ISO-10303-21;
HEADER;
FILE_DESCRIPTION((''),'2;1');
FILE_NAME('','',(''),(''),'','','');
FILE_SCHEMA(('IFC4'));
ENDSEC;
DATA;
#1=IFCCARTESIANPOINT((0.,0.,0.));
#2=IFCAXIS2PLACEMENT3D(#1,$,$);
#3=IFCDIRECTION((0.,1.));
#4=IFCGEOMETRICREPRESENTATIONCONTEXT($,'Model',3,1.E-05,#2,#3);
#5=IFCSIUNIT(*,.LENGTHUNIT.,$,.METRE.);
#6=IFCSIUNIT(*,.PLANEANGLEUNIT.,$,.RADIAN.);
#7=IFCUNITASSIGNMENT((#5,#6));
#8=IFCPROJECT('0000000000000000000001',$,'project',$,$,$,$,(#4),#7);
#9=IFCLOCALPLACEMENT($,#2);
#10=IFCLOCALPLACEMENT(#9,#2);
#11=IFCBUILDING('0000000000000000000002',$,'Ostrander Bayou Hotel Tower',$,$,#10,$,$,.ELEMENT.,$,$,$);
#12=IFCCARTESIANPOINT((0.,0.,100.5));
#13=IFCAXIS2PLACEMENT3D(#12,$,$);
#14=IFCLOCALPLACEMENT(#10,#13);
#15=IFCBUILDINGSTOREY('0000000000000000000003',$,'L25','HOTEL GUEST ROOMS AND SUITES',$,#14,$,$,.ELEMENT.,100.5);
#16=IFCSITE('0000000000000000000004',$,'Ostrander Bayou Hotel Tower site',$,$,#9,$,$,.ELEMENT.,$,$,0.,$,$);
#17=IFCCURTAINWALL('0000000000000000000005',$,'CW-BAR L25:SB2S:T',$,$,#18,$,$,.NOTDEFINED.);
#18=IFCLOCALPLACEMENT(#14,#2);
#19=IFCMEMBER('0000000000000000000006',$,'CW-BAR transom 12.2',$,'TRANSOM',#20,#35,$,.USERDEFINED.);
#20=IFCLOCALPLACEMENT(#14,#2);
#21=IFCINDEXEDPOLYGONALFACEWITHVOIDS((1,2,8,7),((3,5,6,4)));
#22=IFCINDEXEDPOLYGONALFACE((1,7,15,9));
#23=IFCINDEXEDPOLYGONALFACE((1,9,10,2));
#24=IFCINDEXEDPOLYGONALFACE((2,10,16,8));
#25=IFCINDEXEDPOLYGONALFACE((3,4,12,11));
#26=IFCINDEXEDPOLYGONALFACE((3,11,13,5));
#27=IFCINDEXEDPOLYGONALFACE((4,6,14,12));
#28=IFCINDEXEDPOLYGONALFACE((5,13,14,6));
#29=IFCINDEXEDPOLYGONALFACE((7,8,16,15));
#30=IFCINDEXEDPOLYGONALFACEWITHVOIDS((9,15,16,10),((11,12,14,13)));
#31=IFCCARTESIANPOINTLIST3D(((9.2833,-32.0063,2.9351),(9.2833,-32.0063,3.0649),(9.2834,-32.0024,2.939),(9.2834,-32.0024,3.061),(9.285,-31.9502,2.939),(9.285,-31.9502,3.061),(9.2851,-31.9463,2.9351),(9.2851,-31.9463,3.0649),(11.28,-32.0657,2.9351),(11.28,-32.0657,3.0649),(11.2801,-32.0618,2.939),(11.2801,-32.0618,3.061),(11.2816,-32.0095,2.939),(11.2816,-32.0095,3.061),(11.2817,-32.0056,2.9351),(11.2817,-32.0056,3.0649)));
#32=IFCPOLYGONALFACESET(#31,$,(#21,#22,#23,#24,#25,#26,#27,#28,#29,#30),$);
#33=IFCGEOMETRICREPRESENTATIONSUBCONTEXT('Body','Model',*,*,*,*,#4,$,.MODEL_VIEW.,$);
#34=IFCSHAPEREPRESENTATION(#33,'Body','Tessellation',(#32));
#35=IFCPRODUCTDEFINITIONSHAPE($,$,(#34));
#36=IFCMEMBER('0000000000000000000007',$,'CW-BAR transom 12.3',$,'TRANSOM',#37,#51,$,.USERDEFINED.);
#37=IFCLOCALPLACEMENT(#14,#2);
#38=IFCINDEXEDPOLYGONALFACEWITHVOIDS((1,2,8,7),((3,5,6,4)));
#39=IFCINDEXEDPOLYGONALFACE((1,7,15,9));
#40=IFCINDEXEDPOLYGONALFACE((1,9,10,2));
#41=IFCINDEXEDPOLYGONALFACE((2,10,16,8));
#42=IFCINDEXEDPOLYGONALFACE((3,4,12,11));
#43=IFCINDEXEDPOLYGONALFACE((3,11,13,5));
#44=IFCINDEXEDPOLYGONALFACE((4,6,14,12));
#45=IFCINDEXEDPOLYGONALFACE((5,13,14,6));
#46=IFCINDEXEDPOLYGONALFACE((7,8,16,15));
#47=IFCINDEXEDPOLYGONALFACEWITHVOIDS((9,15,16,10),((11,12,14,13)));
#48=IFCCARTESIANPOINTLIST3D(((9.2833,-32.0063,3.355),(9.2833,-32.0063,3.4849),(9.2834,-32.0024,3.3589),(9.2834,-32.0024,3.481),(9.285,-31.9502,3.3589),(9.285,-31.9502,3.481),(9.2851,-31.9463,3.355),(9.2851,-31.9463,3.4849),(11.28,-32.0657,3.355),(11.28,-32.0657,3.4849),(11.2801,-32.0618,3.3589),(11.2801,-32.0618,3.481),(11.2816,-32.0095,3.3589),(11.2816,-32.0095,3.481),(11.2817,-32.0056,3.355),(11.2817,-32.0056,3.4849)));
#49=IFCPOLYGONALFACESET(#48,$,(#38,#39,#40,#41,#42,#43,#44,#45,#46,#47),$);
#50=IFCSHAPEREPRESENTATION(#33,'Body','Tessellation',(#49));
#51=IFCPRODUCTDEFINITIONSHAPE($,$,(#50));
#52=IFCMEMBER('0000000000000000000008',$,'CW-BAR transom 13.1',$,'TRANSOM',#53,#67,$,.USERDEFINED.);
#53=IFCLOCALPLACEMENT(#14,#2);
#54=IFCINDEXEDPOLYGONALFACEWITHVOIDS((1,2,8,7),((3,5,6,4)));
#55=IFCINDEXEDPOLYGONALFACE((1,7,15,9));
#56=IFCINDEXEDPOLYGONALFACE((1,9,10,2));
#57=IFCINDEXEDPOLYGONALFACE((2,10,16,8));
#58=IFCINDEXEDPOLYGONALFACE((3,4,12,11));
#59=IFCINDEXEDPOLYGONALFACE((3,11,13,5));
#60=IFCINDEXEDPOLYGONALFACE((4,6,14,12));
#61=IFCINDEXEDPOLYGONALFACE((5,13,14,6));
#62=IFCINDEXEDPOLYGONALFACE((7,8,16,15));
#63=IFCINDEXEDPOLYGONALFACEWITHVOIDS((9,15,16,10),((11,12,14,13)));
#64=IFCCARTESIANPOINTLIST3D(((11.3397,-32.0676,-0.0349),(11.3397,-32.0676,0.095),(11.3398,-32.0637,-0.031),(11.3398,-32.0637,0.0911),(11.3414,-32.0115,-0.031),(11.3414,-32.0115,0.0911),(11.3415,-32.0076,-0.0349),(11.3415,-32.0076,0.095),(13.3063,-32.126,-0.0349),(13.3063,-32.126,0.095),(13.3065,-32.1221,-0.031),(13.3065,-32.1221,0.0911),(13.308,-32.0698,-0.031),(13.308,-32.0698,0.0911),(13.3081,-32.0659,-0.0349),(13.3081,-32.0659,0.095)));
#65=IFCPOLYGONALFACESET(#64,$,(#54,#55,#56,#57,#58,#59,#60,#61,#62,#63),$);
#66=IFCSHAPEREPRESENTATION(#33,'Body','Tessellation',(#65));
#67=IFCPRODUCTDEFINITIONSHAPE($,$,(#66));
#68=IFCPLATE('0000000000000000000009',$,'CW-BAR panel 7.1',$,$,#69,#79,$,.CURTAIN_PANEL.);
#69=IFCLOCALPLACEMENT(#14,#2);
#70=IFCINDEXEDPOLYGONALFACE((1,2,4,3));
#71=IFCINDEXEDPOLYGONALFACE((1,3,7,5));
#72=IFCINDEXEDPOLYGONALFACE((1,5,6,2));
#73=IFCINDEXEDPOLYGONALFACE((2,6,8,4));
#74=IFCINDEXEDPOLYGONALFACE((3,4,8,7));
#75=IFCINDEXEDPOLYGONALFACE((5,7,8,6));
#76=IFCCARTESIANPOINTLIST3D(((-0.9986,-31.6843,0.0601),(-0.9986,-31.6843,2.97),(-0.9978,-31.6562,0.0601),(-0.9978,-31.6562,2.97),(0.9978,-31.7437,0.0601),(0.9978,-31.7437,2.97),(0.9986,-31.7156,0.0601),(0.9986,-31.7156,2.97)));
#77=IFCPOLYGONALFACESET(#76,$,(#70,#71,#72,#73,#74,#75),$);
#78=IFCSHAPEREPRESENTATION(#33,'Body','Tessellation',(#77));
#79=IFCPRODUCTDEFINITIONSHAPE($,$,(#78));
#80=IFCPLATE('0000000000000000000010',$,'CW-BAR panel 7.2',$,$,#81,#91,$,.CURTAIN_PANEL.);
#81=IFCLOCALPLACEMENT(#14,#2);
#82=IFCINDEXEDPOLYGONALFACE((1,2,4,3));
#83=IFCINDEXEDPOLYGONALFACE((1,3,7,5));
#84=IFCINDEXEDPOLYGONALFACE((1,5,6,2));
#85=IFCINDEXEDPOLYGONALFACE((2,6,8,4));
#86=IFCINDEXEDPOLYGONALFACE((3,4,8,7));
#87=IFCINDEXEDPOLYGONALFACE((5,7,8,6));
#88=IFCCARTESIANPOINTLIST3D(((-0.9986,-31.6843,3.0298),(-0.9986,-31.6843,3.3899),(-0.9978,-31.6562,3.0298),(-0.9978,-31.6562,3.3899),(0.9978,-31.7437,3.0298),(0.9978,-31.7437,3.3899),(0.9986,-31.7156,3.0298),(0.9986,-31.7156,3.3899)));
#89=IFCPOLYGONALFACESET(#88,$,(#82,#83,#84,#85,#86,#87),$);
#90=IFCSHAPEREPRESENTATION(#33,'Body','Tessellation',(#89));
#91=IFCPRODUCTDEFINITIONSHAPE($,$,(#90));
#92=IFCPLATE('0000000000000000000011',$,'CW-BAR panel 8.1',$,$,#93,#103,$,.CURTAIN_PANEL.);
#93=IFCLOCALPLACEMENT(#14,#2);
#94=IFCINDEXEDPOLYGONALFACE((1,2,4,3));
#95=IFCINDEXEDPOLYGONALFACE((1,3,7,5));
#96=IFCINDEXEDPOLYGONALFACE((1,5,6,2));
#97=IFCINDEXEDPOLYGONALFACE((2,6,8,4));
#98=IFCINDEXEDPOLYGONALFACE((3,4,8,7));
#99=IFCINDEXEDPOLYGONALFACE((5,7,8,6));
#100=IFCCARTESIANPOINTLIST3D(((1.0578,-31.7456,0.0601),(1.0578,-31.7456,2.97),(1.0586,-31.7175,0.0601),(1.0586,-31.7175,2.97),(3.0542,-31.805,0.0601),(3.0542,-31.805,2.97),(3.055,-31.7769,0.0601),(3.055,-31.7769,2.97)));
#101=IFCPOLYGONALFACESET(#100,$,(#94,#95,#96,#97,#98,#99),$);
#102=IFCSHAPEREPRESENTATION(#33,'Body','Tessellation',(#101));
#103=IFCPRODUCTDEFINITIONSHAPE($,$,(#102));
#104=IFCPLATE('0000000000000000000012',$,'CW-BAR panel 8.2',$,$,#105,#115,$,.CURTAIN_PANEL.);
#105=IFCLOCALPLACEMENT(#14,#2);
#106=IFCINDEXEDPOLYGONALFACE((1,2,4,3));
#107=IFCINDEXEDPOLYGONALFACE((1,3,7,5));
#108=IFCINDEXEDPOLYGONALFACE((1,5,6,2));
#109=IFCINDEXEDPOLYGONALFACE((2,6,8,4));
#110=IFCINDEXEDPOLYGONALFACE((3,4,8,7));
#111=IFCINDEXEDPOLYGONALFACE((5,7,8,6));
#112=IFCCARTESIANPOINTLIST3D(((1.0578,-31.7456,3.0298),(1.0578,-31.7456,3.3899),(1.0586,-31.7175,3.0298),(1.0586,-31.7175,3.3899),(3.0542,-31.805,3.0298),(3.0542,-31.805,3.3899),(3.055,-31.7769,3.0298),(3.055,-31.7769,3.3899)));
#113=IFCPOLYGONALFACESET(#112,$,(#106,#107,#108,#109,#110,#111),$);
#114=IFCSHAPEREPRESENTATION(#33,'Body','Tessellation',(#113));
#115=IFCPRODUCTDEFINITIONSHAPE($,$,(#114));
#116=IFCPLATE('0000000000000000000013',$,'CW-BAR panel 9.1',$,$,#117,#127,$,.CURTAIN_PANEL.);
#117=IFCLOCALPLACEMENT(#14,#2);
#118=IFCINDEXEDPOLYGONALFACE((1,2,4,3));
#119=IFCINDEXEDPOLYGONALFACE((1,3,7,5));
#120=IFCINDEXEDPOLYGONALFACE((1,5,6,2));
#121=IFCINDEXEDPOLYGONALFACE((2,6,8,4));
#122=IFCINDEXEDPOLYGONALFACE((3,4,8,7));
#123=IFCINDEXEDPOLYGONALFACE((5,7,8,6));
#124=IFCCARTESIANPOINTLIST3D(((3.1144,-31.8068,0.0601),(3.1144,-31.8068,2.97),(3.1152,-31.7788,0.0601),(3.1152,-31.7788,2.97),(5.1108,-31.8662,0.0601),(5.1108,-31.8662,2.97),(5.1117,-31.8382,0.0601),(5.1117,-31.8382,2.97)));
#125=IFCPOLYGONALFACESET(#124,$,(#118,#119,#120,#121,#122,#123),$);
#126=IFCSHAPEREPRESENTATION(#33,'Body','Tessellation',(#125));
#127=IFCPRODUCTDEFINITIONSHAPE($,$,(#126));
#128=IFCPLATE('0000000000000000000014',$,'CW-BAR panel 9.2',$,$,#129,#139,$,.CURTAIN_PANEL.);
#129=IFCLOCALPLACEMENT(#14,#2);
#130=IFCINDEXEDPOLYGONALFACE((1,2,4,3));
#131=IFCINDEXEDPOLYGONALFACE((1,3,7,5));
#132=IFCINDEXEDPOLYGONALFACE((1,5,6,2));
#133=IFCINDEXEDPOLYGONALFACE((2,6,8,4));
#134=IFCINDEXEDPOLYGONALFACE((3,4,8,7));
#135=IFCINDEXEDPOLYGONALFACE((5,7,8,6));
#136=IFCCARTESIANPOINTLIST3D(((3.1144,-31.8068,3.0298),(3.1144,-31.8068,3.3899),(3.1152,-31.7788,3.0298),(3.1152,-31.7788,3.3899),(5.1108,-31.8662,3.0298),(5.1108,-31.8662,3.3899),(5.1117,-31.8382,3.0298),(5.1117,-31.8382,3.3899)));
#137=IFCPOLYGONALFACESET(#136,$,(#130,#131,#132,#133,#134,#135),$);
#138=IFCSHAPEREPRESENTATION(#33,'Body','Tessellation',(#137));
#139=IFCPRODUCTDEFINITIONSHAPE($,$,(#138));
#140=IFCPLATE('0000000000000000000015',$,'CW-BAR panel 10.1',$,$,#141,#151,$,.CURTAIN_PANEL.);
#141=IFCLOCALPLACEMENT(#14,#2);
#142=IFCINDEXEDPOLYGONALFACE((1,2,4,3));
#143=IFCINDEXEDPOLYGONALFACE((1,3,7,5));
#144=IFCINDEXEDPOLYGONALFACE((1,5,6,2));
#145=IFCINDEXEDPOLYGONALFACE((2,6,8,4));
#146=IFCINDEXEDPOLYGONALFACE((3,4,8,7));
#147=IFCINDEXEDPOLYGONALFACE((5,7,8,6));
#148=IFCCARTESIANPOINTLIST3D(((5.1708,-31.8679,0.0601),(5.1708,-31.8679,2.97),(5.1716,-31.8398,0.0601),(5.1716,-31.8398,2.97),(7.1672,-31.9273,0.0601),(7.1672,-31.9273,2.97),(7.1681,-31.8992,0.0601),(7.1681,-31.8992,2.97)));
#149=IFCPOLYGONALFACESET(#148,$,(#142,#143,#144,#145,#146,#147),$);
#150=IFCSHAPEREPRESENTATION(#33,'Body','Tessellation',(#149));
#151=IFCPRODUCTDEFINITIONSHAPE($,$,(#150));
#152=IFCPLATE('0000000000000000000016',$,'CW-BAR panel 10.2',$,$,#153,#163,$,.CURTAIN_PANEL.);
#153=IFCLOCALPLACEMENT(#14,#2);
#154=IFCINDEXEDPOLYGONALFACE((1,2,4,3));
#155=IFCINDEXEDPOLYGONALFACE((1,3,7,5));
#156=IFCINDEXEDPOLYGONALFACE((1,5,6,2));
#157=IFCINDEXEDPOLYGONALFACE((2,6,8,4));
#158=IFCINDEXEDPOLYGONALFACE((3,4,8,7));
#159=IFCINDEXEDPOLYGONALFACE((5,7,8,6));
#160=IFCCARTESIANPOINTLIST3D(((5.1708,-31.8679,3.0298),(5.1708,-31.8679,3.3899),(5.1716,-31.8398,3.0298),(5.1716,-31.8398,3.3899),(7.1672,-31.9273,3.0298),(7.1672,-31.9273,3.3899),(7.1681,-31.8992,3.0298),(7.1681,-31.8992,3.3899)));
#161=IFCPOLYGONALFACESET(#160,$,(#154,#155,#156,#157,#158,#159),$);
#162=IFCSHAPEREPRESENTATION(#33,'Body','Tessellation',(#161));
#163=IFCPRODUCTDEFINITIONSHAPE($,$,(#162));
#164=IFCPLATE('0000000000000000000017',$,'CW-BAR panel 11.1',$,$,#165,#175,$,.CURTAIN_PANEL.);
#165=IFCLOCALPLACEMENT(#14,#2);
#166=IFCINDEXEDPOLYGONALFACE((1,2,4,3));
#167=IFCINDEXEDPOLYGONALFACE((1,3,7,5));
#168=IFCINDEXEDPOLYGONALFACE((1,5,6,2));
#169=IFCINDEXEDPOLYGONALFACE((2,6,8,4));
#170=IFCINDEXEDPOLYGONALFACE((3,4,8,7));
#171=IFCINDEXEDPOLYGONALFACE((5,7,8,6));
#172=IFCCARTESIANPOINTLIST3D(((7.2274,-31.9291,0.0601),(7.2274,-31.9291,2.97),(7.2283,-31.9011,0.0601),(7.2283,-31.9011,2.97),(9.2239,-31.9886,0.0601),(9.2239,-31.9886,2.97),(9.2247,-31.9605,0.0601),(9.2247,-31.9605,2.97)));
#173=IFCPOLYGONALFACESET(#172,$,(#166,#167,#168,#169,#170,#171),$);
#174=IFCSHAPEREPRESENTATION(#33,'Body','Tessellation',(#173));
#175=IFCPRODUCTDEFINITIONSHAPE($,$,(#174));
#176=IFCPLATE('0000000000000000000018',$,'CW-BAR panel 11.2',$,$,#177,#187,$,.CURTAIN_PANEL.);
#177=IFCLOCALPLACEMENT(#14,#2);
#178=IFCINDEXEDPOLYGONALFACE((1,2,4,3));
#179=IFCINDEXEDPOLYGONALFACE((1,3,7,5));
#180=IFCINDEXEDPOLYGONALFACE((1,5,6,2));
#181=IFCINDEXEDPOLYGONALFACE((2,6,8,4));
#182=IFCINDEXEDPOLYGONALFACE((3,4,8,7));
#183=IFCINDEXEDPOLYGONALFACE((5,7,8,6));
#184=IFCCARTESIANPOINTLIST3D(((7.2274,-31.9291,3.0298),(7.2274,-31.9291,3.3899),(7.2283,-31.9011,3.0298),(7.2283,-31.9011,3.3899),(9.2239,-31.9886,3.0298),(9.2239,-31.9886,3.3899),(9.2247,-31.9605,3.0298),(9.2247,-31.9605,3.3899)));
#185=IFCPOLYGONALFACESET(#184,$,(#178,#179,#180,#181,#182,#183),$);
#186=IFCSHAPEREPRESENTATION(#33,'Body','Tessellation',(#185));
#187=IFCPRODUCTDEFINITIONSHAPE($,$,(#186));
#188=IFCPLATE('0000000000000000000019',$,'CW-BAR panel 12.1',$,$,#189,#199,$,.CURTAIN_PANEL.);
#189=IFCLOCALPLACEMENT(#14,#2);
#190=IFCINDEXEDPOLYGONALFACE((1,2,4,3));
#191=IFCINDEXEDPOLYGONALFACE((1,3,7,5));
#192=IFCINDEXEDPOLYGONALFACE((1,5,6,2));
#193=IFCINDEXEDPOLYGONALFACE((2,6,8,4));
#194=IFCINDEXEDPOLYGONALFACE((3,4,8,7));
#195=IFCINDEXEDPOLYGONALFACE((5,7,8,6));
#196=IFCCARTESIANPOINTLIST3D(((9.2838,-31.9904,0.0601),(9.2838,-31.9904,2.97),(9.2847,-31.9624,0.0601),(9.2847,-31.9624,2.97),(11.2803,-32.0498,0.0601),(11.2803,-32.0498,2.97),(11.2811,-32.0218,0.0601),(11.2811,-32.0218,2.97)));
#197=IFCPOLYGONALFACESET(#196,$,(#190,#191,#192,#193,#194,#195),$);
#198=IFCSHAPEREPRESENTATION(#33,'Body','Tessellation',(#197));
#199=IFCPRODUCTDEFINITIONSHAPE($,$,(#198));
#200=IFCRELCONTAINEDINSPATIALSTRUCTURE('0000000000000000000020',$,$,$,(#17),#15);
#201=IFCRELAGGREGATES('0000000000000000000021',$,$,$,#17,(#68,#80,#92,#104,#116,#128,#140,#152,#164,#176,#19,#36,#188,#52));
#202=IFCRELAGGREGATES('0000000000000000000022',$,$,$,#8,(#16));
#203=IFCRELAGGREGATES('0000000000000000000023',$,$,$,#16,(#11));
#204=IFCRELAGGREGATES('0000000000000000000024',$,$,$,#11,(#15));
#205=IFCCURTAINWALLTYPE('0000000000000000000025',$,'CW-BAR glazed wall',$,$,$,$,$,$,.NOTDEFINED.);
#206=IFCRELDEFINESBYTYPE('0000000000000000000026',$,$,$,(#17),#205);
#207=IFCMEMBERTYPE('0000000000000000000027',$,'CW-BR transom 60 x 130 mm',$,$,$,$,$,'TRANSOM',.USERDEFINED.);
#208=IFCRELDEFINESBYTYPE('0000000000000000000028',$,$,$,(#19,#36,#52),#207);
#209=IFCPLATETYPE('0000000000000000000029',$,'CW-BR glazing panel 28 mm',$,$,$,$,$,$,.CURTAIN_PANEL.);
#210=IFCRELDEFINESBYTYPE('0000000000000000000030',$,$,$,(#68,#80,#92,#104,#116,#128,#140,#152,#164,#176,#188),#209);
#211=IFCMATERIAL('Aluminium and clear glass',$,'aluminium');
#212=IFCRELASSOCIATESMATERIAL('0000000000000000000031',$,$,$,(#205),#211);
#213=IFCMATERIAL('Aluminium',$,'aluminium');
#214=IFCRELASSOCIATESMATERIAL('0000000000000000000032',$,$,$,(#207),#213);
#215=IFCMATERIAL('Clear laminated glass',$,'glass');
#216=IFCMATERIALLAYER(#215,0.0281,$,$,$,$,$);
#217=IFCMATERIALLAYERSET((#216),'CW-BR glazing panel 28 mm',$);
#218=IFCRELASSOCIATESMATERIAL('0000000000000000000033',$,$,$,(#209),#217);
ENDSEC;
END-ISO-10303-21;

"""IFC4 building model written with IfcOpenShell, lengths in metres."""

from ifc_helpers import new_model, si_unit, direction, frame, origin, origin_2d, place, context, subcontext, project, spatial, rectangle, hollow_rectangle, extrude, material, layer, layer_set, material_profile, profile_set, type_object, element, aggregate, save


model = new_model("IFC4")

# Units and contexts
model_context = context("Model", 3, precision=1e-05, world=origin(), true_north=direction((0.0, 1.0)))
body_context = subcontext(model_context, "Body", "Model", "MODEL_VIEW")
ifc_project = project(units=[si_unit("LENGTHUNIT", "METRE"), si_unit("PLANEANGLEUNIT", "RADIAN")], contexts=[model_context])

# Site, building, storey
site_placement = place(None, origin())
site = spatial("IfcSite", under=ifc_project, at=site_placement, Name="Ostrander Bayou Hotel Tower site", CompositionType="ELEMENT", RefElevation=0.0)
building_placement = place(site_placement, origin())
building = spatial("IfcBuilding", under=site, at=building_placement, Name="Ostrander Bayou Hotel Tower", CompositionType="ELEMENT")
storey_placement = place(building_placement, frame((0.0, 0.0, 100.5)))
storey = spatial("IfcBuildingStorey", under=building, at=storey_placement, Name="L25", Description="HOTEL GUEST ROOMS AND SUITES", CompositionType="ELEMENT", Elevation=100.5)

# Curtain wall, members, plates
ifc_material_1 = material(Name="Aluminium and clear glass", Category="aluminium")
curtain_wall_type = type_object("IfcCurtainWallType", Name="CW-BAR glazed wall", PredefinedType="NOTDEFINED", material=ifc_material_1)
curtain_wall_placement = place(storey_placement, origin())
curtain_wall = element("IfcCurtainWall", 1, at=curtain_wall_placement, inside=storey, type_object=curtain_wall_type, Name="CW-BAR L25:SB2S:T", PredefinedType="NOTDEFINED")
ifc_material_2 = material(Name="Aluminium", Category="aluminium")
ifc_material_profile_1 = material_profile(ifc_material_2, hollow_rectangle(XDim=0.0601, YDim=0.1299, WallThickness=0.0039, at=origin_2d()))
ifc_profile_set_1 = profile_set([ifc_material_profile_1], Name="Aluminium")
member_type_1 = type_object("IfcMemberType", Name="CW-BR transom 60 x 130 mm", ElementType="TRANSOM", PredefinedType="USERDEFINED", material=ifc_profile_set_1)
member_1_placement = place(storey_placement, frame((9.2842, -31.9763, 3.0), z_axis=(0.999559, -0.029701, 0.0), x_axis=(0.029701, 0.999559, 0.0)))
member_1 = element("IfcMember", 2, at=member_1_placement, type_object=member_type_1, Name="CW-BAR transom 12.2", ObjectType="TRANSOM", PredefinedType="USERDEFINED", context=body_context, shape_type="SweptSolid", body=[
    extrude(hollow_rectangle(XDim=0.0601, YDim=0.1299, WallThickness=0.0039, at=origin_2d()), origin(), (0.0, 0.0, 1.0), 1.9976),
])
member_2_placement = place(storey_placement, frame((9.2842, -31.9763, 3.4199), z_axis=(0.999559, -0.029701, 0.0), x_axis=(0.029701, 0.999559, 0.0)))
member_2 = element("IfcMember", 3, at=member_2_placement, type_object=member_type_1, Name="CW-BAR transom 12.3", ObjectType="TRANSOM", PredefinedType="USERDEFINED", context=body_context, shape_type="SweptSolid", body=[
    extrude(hollow_rectangle(XDim=0.0601, YDim=0.1299, WallThickness=0.0039, at=origin_2d()), origin(), (0.0, 0.0, 1.0), 1.9976),
])
member_3_placement = place(storey_placement, frame((11.3406, -32.0376, 0.03), z_axis=(0.99956, -0.029658, 0.0), x_axis=(0.029658, 0.99956, 0.0)))
member_3 = element("IfcMember", 4, at=member_3_placement, type_object=member_type_1, Name="CW-BAR transom 13.1", ObjectType="TRANSOM", PredefinedType="USERDEFINED", context=body_context, shape_type="SweptSolid", body=[
    extrude(hollow_rectangle(XDim=0.0601, YDim=0.1299, WallThickness=0.0039, at=origin_2d()), origin(), (0.0, 0.0, 1.0), 1.9675),
])
ifc_material_3 = material(Name="Clear laminated glass", Category="glass")
ifc_layer_1 = layer(ifc_material_3, 0.0281)
ifc_layer_set_1 = layer_set([ifc_layer_1], Name="CW-BR glazing panel 28 mm")
plate_type = type_object("IfcPlateType", Name="CW-BR glazing panel 28 mm", PredefinedType="CURTAIN_PANEL", material=ifc_layer_set_1)
plate_1_placement = place(storey_placement, frame((0.0, -31.7, 0.0601), z_axis=(0.0, 0.0, 1.0), x_axis=(0.999557, -0.029746, 0.0)))
plate_1 = element("IfcPlate", 5, at=plate_1_placement, type_object=plate_type, Name="CW-BAR panel 7.1", PredefinedType="CURTAIN_PANEL", context=body_context, shape_type="SweptSolid", body=[
    extrude(rectangle(XDim=1.9973, YDim=0.0281, at=origin_2d()), origin(), (0.0, 0.0, 1.0), 2.9099),
])
plate_2_placement = place(storey_placement, frame((0.0, -31.7, 3.0298), z_axis=(0.0, 0.0, 1.0), x_axis=(0.999557, -0.029746, 0.0)))
plate_2 = element("IfcPlate", 6, at=plate_2_placement, type_object=plate_type, Name="CW-BAR panel 7.2", PredefinedType="CURTAIN_PANEL", context=body_context, shape_type="SweptSolid", body=[
    extrude(rectangle(XDim=1.9973, YDim=0.0281, at=origin_2d()), origin(), (0.0, 0.0, 1.0), 0.3601),
])
plate_3_placement = place(storey_placement, frame((2.0564, -31.7612, 0.0601), z_axis=(0.0, 0.0, 1.0), x_axis=(0.999557, -0.029746, 0.0)))
plate_3 = element("IfcPlate", 7, at=plate_3_placement, type_object=plate_type, Name="CW-BAR panel 8.1", PredefinedType="CURTAIN_PANEL", context=body_context, shape_type="SweptSolid", body=[
    extrude(rectangle(XDim=1.9973, YDim=0.0281, at=origin_2d()), origin(), (0.0, 0.0, 1.0), 2.9099),
])
plate_4_placement = place(storey_placement, frame((2.0564, -31.7612, 3.0298), z_axis=(0.0, 0.0, 1.0), x_axis=(0.999557, -0.029746, 0.0)))
plate_4 = element("IfcPlate", 8, at=plate_4_placement, type_object=plate_type, Name="CW-BAR panel 8.2", PredefinedType="CURTAIN_PANEL", context=body_context, shape_type="SweptSolid", body=[
    extrude(rectangle(XDim=1.9973, YDim=0.0281, at=origin_2d()), origin(), (0.0, 0.0, 1.0), 0.3601),
])
plate_5_placement = place(storey_placement, frame((4.113, -31.8225, 0.0601), z_axis=(0.0, 0.0, 1.0), x_axis=(0.999557, -0.029746, 0.0)))
plate_5 = element("IfcPlate", 9, at=plate_5_placement, type_object=plate_type, Name="CW-BAR panel 9.1", PredefinedType="CURTAIN_PANEL", context=body_context, shape_type="SweptSolid", body=[
    extrude(rectangle(XDim=1.9973, YDim=0.0281, at=origin_2d()), origin(), (0.0, 0.0, 1.0), 2.9099),
])
plate_6_placement = place(storey_placement, frame((4.113, -31.8225, 3.0298), z_axis=(0.0, 0.0, 1.0), x_axis=(0.999557, -0.029746, 0.0)))
plate_6 = element("IfcPlate", 10, at=plate_6_placement, type_object=plate_type, Name="CW-BAR panel 9.2", PredefinedType="CURTAIN_PANEL", context=body_context, shape_type="SweptSolid", body=[
    extrude(rectangle(XDim=1.9973, YDim=0.0281, at=origin_2d()), origin(), (0.0, 0.0, 1.0), 0.3601),
])
plate_7_placement = place(storey_placement, frame((6.1694, -31.8835, 0.0601), z_axis=(0.0, 0.0, 1.0), x_axis=(0.999557, -0.029746, 0.0)))
plate_7 = element("IfcPlate", 11, at=plate_7_placement, type_object=plate_type, Name="CW-BAR panel 10.1", PredefinedType="CURTAIN_PANEL", context=body_context, shape_type="SweptSolid", body=[
    extrude(rectangle(XDim=1.9973, YDim=0.0281, at=origin_2d()), origin(), (0.0, 0.0, 1.0), 2.9099),
])
plate_8_placement = place(storey_placement, frame((6.1694, -31.8835, 3.0298), z_axis=(0.0, 0.0, 1.0), x_axis=(0.999557, -0.029746, 0.0)))
plate_8 = element("IfcPlate", 12, at=plate_8_placement, type_object=plate_type, Name="CW-BAR panel 10.2", PredefinedType="CURTAIN_PANEL", context=body_context, shape_type="SweptSolid", body=[
    extrude(rectangle(XDim=1.9973, YDim=0.0281, at=origin_2d()), origin(), (0.0, 0.0, 1.0), 0.3601),
])
plate_9_placement = place(storey_placement, frame((8.2261, -31.9448, 0.0601), z_axis=(0.0, 0.0, 1.0), x_axis=(0.999557, -0.029746, 0.0)))
plate_9 = element("IfcPlate", 13, at=plate_9_placement, type_object=plate_type, Name="CW-BAR panel 11.1", PredefinedType="CURTAIN_PANEL", context=body_context, shape_type="SweptSolid", body=[
    extrude(rectangle(XDim=1.9973, YDim=0.0281, at=origin_2d()), origin(), (0.0, 0.0, 1.0), 2.9099),
])
plate_10_placement = place(storey_placement, frame((8.2261, -31.9448, 3.0298), z_axis=(0.0, 0.0, 1.0), x_axis=(0.999557, -0.029746, 0.0)))
plate_10 = element("IfcPlate", 14, at=plate_10_placement, type_object=plate_type, Name="CW-BAR panel 11.2", PredefinedType="CURTAIN_PANEL", context=body_context, shape_type="SweptSolid", body=[
    extrude(rectangle(XDim=1.9973, YDim=0.0281, at=origin_2d()), origin(), (0.0, 0.0, 1.0), 0.3601),
])
plate_11_placement = place(storey_placement, frame((10.2825, -32.0061, 0.0601), z_axis=(0.0, 0.0, 1.0), x_axis=(0.999557, -0.029746, 0.0)))
plate_11 = element("IfcPlate", 15, at=plate_11_placement, type_object=plate_type, Name="CW-BAR panel 12.1", PredefinedType="CURTAIN_PANEL", context=body_context, shape_type="SweptSolid", body=[
    extrude(rectangle(XDim=1.9973, YDim=0.0281, at=origin_2d()), origin(), (0.0, 0.0, 1.0), 2.9099),
])
aggregate(curtain_wall, [plate_1, plate_2, plate_3, plate_4, plate_5, plate_6, plate_7, plate_8, plate_9, plate_10, member_1, member_2, plate_11, member_3])

save(model, "model.ifc")
